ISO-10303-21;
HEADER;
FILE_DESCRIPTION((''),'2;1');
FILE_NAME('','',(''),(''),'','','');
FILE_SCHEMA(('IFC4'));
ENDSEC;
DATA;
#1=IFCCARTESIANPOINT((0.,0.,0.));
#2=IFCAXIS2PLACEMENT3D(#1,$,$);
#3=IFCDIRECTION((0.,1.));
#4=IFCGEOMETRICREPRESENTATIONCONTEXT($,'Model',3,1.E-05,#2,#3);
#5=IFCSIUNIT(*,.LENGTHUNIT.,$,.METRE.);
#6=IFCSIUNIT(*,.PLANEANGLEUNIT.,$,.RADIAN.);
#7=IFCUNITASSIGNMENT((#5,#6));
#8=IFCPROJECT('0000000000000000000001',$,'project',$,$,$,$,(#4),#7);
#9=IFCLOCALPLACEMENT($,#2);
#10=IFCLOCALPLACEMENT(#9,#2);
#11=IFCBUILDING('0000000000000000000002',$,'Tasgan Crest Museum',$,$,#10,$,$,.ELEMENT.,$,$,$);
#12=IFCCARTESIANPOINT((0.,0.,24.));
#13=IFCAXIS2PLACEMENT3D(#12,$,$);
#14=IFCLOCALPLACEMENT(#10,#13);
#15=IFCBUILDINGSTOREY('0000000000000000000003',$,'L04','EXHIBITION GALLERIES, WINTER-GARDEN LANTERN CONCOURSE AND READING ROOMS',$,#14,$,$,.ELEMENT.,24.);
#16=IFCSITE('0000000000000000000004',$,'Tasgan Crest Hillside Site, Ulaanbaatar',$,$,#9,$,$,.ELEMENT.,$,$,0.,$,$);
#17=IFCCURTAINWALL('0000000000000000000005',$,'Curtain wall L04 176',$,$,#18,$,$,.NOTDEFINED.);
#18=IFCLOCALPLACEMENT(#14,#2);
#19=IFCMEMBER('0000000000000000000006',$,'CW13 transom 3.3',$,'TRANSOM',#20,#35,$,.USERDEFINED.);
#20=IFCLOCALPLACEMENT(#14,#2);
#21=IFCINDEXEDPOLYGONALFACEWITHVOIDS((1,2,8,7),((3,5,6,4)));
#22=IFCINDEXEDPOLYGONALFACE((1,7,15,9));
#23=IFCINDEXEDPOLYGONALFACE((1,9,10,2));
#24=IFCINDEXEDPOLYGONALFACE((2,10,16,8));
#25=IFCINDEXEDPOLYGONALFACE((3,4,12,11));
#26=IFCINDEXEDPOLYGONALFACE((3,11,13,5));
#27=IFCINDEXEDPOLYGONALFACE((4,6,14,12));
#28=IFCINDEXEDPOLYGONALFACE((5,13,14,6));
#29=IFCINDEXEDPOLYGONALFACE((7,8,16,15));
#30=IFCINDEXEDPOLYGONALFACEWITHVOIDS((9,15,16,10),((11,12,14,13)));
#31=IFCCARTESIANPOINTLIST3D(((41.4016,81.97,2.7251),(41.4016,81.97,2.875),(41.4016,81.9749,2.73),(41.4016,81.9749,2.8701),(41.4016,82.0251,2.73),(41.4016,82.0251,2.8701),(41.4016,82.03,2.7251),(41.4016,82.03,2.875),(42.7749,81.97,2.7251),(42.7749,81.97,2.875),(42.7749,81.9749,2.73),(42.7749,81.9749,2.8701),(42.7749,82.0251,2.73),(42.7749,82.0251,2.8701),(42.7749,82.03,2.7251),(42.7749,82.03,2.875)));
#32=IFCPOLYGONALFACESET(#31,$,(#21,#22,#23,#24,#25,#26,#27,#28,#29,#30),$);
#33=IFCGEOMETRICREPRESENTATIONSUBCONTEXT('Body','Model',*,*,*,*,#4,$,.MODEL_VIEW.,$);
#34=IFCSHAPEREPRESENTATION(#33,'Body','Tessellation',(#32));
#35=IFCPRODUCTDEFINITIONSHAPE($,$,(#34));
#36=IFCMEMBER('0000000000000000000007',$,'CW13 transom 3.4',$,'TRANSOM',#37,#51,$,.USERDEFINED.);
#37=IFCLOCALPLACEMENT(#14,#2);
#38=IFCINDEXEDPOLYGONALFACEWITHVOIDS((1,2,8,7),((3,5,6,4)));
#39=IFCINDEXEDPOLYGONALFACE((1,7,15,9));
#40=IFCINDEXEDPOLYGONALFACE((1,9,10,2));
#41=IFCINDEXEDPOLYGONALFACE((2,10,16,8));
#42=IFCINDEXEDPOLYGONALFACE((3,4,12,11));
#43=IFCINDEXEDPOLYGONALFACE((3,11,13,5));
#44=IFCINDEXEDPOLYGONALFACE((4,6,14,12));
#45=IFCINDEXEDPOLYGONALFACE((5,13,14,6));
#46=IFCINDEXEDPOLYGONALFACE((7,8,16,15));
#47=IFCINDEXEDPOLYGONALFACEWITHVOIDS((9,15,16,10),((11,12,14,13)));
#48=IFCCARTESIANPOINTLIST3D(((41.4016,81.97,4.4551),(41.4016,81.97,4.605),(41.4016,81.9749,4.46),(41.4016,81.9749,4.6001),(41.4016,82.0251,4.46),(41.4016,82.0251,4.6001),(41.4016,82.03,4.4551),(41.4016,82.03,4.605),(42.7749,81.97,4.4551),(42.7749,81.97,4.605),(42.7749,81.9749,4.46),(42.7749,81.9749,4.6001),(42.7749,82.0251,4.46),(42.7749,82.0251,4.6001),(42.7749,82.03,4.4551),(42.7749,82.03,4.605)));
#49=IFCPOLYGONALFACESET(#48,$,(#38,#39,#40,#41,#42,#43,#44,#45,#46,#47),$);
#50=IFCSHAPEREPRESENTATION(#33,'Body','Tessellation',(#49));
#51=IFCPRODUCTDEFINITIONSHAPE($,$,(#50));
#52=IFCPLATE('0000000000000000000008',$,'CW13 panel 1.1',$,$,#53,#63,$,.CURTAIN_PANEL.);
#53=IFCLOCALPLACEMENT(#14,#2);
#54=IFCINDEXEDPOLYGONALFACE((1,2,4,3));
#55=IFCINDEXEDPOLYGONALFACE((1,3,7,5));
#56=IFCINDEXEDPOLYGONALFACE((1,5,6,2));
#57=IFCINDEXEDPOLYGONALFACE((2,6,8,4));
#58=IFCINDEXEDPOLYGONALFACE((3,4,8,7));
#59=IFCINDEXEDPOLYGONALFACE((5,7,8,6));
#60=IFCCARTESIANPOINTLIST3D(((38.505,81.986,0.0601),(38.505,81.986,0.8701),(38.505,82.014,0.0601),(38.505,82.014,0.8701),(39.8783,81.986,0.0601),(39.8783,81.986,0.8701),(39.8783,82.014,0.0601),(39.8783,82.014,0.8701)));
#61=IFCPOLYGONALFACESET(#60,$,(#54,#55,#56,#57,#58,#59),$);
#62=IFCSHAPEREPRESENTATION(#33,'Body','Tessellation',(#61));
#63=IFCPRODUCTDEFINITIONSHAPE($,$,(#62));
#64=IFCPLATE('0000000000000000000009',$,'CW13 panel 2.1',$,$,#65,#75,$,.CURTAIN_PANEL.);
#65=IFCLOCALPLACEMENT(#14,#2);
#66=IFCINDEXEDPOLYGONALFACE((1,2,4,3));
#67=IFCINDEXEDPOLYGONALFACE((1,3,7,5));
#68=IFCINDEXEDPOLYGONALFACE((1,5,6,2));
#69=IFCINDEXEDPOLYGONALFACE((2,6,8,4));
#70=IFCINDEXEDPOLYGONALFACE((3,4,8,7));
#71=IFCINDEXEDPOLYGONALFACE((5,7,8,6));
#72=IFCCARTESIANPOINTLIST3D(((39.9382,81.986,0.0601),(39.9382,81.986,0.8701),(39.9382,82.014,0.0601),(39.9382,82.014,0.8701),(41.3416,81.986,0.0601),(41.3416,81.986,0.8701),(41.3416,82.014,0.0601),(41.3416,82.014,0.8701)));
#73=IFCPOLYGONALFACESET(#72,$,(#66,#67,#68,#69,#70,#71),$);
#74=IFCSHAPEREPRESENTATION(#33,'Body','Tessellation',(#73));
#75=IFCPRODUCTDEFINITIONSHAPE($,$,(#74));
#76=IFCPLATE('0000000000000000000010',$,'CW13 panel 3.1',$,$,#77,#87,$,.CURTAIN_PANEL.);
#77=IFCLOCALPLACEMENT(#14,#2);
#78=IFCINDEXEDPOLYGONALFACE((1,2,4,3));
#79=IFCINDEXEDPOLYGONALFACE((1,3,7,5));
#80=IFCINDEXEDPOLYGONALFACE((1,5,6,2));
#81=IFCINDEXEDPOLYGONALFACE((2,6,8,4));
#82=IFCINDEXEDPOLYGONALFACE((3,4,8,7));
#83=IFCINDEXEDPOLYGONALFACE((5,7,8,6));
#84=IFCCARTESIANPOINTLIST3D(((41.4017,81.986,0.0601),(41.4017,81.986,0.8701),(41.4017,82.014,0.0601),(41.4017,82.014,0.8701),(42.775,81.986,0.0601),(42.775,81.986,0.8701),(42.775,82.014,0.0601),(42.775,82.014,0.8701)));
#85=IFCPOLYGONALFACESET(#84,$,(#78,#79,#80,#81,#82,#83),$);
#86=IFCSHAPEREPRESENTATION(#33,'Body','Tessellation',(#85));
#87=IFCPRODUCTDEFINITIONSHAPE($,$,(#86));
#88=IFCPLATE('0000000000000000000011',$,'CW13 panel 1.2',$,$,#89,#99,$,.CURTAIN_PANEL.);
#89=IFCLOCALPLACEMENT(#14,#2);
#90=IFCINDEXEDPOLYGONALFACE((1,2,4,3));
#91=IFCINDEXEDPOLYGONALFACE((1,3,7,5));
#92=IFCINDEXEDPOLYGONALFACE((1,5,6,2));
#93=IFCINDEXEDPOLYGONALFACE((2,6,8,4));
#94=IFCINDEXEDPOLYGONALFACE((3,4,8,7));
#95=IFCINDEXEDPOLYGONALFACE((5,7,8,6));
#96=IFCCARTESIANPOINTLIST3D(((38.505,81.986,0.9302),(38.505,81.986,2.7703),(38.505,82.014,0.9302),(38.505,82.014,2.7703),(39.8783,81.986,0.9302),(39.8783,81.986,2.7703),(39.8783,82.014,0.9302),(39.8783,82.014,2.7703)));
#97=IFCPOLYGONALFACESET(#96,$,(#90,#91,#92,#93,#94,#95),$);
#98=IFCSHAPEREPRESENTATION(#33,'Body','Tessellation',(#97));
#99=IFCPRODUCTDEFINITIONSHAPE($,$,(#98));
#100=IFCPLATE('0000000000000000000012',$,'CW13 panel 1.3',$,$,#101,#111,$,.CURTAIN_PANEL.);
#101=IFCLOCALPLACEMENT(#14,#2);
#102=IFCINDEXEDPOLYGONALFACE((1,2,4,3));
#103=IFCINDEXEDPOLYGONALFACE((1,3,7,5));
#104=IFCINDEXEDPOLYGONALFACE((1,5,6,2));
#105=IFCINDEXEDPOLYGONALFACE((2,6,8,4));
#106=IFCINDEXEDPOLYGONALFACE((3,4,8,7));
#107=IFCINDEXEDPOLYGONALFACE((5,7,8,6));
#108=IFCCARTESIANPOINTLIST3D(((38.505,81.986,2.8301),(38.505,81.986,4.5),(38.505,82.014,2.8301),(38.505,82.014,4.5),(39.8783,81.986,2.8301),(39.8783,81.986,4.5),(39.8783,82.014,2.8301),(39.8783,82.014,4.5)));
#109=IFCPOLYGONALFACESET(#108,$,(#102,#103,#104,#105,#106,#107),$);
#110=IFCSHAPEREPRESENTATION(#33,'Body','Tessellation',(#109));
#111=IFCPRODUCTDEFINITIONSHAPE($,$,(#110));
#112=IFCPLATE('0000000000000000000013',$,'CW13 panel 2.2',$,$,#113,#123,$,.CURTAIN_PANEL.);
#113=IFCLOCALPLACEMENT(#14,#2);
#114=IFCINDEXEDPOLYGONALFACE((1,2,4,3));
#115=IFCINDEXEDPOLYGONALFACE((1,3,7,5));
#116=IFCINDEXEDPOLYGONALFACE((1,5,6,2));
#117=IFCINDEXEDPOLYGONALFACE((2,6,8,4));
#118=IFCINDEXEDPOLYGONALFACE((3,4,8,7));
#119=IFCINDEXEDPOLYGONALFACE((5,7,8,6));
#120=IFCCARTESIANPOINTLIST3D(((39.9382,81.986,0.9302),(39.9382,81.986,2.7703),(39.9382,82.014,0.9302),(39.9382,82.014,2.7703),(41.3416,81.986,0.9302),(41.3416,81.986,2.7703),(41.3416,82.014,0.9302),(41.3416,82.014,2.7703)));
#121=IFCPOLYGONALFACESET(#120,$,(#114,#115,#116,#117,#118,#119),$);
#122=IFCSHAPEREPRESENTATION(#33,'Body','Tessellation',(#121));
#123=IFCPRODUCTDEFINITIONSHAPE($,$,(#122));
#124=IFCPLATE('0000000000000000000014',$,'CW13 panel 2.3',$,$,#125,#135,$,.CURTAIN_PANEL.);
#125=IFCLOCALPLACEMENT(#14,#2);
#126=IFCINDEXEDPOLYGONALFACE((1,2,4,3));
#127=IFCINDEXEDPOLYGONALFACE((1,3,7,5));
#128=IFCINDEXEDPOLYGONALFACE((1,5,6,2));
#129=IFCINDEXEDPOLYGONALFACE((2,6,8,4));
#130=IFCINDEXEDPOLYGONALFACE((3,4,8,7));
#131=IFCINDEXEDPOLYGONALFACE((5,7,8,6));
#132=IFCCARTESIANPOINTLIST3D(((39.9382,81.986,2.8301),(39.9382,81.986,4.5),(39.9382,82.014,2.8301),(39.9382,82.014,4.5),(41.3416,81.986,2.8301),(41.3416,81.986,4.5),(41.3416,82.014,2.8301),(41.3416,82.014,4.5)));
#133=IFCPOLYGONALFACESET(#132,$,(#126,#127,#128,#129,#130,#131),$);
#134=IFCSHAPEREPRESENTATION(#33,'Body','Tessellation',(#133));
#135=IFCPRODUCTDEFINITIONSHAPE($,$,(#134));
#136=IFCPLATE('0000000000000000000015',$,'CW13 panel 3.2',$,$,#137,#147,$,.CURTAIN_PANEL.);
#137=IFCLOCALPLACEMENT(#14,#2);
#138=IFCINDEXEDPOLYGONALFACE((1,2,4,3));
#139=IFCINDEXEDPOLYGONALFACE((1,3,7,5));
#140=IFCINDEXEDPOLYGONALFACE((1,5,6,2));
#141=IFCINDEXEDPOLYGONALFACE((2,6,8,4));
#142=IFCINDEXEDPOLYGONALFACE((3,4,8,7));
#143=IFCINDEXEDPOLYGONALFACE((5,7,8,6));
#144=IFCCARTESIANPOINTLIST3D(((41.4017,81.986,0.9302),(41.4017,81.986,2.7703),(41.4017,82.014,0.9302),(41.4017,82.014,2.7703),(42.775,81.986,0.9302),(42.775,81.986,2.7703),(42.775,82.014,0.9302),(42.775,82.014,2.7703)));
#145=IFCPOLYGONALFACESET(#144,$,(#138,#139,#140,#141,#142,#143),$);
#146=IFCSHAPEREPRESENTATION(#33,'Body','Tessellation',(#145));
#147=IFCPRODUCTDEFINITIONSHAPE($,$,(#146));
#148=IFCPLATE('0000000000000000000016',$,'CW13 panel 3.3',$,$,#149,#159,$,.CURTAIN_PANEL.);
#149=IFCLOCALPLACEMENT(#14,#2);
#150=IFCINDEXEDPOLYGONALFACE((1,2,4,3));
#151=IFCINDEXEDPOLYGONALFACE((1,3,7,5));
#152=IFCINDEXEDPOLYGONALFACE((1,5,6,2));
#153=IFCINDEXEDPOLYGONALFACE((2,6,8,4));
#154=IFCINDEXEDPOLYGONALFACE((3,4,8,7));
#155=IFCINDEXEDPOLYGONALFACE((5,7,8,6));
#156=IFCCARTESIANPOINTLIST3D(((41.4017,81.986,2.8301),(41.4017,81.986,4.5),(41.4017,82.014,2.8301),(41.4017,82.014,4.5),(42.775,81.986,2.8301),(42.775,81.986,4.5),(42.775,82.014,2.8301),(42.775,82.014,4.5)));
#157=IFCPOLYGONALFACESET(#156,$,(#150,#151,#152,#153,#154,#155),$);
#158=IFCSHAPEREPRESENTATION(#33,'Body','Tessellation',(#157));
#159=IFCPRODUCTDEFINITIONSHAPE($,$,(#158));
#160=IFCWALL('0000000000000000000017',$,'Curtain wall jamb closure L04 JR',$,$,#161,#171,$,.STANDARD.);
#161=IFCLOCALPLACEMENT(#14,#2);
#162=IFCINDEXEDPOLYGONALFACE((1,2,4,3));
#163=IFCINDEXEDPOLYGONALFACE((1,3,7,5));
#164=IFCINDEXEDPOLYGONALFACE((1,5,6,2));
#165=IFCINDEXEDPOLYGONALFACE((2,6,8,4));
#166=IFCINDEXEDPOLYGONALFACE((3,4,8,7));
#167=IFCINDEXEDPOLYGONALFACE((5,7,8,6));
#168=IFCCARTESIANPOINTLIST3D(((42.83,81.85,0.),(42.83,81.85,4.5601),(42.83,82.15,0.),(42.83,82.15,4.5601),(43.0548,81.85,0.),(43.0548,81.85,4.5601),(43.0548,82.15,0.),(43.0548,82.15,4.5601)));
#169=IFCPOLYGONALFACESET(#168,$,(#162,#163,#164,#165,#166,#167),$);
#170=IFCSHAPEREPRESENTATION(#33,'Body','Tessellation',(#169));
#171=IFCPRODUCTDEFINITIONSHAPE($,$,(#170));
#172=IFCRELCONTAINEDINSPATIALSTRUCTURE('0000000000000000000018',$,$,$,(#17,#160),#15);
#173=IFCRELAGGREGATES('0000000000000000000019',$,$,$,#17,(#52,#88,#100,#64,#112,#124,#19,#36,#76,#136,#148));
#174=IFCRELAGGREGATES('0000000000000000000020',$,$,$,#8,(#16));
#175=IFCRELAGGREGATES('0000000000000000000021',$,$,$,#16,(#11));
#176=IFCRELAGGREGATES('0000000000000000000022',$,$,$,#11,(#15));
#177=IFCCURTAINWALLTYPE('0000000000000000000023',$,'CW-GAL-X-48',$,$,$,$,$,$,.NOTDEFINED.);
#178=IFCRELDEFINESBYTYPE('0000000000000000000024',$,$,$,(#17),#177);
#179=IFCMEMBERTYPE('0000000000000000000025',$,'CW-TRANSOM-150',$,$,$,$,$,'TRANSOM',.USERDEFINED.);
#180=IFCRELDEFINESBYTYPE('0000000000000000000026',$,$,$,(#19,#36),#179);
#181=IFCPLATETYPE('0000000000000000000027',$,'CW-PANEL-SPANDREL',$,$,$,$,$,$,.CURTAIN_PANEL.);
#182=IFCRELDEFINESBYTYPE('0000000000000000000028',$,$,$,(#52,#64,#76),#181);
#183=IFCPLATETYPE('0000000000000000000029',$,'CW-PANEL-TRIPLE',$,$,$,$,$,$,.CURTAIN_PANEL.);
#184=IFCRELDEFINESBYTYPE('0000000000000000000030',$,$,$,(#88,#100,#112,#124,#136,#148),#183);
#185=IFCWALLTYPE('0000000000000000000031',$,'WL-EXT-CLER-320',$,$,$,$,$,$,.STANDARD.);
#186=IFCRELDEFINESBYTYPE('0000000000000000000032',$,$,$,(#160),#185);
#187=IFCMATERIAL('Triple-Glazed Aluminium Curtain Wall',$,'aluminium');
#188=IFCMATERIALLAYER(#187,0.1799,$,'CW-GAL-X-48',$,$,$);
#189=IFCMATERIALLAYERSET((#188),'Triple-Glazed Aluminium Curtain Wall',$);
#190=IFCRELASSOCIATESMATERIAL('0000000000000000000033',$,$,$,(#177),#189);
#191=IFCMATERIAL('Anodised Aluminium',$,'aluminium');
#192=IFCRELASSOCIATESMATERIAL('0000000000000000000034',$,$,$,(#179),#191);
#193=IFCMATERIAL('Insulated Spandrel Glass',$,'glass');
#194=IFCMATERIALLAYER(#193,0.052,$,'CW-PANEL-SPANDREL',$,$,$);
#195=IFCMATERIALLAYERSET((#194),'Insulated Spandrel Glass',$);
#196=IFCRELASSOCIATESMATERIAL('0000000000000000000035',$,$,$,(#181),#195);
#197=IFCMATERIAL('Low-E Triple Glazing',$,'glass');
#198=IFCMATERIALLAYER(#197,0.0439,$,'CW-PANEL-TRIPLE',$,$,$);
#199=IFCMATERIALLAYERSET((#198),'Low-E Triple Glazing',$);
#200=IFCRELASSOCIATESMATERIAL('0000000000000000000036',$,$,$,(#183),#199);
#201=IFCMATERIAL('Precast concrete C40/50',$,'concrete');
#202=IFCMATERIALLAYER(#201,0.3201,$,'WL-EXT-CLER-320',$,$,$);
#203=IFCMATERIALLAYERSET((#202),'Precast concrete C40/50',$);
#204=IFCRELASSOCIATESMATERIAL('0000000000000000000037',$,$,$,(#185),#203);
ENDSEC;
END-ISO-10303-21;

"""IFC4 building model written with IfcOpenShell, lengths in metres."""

from ifc_helpers import new_model, si_unit, direction, frame, frame_2d, origin, origin_2d, place, context, subcontext, project, spatial, rectangle, hollow_rectangle, extrude, material, layer, layer_set, material_profile, profile_set, type_object, element, aggregate, save


model = new_model("IFC4")

# Units and contexts
model_context = context("Model", 3, precision=1e-05, world=origin(), true_north=direction((0.0, 1.0)))
body_context = subcontext(model_context, "Body", "Model", "MODEL_VIEW")
ifc_project = project(units=[si_unit("LENGTHUNIT", "METRE"), si_unit("PLANEANGLEUNIT", "RADIAN")], contexts=[model_context])

# Site, building, storey
site_placement = place(None, origin())
site = spatial("IfcSite", under=ifc_project, at=site_placement, Name="Tasgan Crest Hillside Site, Ulaanbaatar", CompositionType="ELEMENT", RefElevation=0.0)
building_placement = place(site_placement, origin())
building = spatial("IfcBuilding", under=site, at=building_placement, Name="Tasgan Crest Museum", CompositionType="ELEMENT")
storey_placement = place(building_placement, frame((0.0, 0.0, 24.0)))
storey = spatial("IfcBuildingStorey", under=building, at=storey_placement, Name="L04", Description="EXHIBITION GALLERIES, WINTER-GARDEN LANTERN CONCOURSE AND READING ROOMS", CompositionType="ELEMENT", Elevation=24.0)

# Curtain wall, members, plates
ifc_material_1 = material(Name="Triple-Glazed Aluminium Curtain Wall", Category="aluminium")
ifc_layer_1 = layer(ifc_material_1, 0.1799, Name="CW-GAL-X-48")
ifc_layer_set_1 = layer_set([ifc_layer_1], Name="Triple-Glazed Aluminium Curtain Wall")
curtain_wall_type = type_object("IfcCurtainWallType", Name="CW-GAL-X-48", PredefinedType="NOTDEFINED", material=ifc_layer_set_1)
curtain_wall_placement = place(storey_placement, origin())
curtain_wall = element("IfcCurtainWall", 1, at=curtain_wall_placement, inside=storey, type_object=curtain_wall_type, Name="Curtain wall L04 176", PredefinedType="NOTDEFINED")
ifc_material_2 = material(Name="Anodised Aluminium", Category="aluminium")
ifc_material_profile_1 = material_profile(ifc_material_2, hollow_rectangle(XDim=0.0601, YDim=0.1499, WallThickness=0.0049, at=origin_2d()), Name="ALU TRANSOM 150x60x5")
ifc_profile_set_1 = profile_set([ifc_material_profile_1], Name="Anodised Aluminium")
member_type_1 = type_object("IfcMemberType", Name="CW-TRANSOM-150", ElementType="TRANSOM", PredefinedType="USERDEFINED", material=ifc_profile_set_1)
member_1_placement = place(storey_placement, frame((41.4016, 82.0, 2.8), z_axis=(1.0, 0.0, 0.0), x_axis=(0.0, 1.0, 0.0)))
member_1 = element("IfcMember", 2, at=member_1_placement, type_object=member_type_1, Name="CW13 transom 3.3", ObjectType="TRANSOM", PredefinedType="USERDEFINED", context=body_context, shape_type="SweptSolid", body=[
    extrude(hollow_rectangle(XDim=0.0601, YDim=0.1499, WallThickness=0.0049, at=origin_2d()), origin(), (0.0, 0.0, 1.0), 1.3733),
])
member_2_placement = place(storey_placement, frame((41.4016, 82.0, 4.53), z_axis=(1.0, 0.0, 0.0), x_axis=(0.0, 1.0, 0.0)))
member_2 = element("IfcMember", 3, at=member_2_placement, type_object=member_type_1, Name="CW13 transom 3.4", ObjectType="TRANSOM", PredefinedType="USERDEFINED", context=body_context, shape_type="SweptSolid", body=[
    extrude(hollow_rectangle(XDim=0.0601, YDim=0.1499, WallThickness=0.0049, at=origin_2d()), origin(), (0.0, 0.0, 1.0), 1.3733),
])
ifc_material_3 = material(Name="Insulated Spandrel Glass", Category="glass")
ifc_layer_2 = layer(ifc_material_3, 0.052, Name="CW-PANEL-SPANDREL")
ifc_layer_set_2 = layer_set([ifc_layer_2], Name="Insulated Spandrel Glass")
plate_type_1 = type_object("IfcPlateType", Name="CW-PANEL-SPANDREL", PredefinedType="CURTAIN_PANEL", material=ifc_layer_set_2)
plate_1_placement = place(storey_placement, frame((39.1917, 82.0, 0.0601), z_axis=(0.0, 0.0, 1.0), x_axis=(1.0, 0.0, 0.0)))
plate_1 = element("IfcPlate", 4, at=plate_1_placement, type_object=plate_type_1, Name="CW13 panel 1.1", PredefinedType="CURTAIN_PANEL", context=body_context, shape_type="SweptSolid", body=[
    extrude(rectangle(XDim=1.3733, YDim=0.0281, at=origin_2d()), origin(), (0.0, 0.0, 1.0), 0.8101),
])
plate_2_placement = place(storey_placement, frame((40.6399, 82.0, 0.0601), z_axis=(0.0, 0.0, 1.0), x_axis=(1.0, 0.0, 0.0)))
plate_2 = element("IfcPlate", 5, at=plate_2_placement, type_object=plate_type_1, Name="CW13 panel 2.1", PredefinedType="CURTAIN_PANEL", context=body_context, shape_type="SweptSolid", body=[
    extrude(rectangle(XDim=1.4033, YDim=0.0281, at=origin_2d()), origin(), (0.0, 0.0, 1.0), 0.8101),
])
plate_3_placement = place(storey_placement, frame((42.0884, 82.0, 0.0601), z_axis=(0.0, 0.0, 1.0), x_axis=(1.0, 0.0, 0.0)))
plate_3 = element("IfcPlate", 6, at=plate_3_placement, type_object=plate_type_1, Name="CW13 panel 3.1", PredefinedType="CURTAIN_PANEL", context=body_context, shape_type="SweptSolid", body=[
    extrude(rectangle(XDim=1.3733, YDim=0.0281, at=origin_2d()), origin(), (0.0, 0.0, 1.0), 0.8101),
])
ifc_material_4 = material(Name="Low-E Triple Glazing", Category="glass")
ifc_layer_3 = layer(ifc_material_4, 0.0439, Name="CW-PANEL-TRIPLE")
ifc_layer_set_3 = layer_set([ifc_layer_3], Name="Low-E Triple Glazing")
plate_type_2 = type_object("IfcPlateType", Name="CW-PANEL-TRIPLE", PredefinedType="CURTAIN_PANEL", material=ifc_layer_set_3)
plate_4_placement = place(storey_placement, frame((39.1917, 82.0, 0.9302), z_axis=(0.0, 0.0, 1.0), x_axis=(1.0, 0.0, 0.0)))
plate_4 = element("IfcPlate", 7, at=plate_4_placement, type_object=plate_type_2, Name="CW13 panel 1.2", PredefinedType="CURTAIN_PANEL", context=body_context, shape_type="SweptSolid", body=[
    extrude(rectangle(XDim=1.3733, YDim=0.0281, at=origin_2d()), origin(), (0.0, 0.0, 1.0), 1.8401),
])
plate_5_placement = place(storey_placement, frame((39.1917, 82.0, 2.8301), z_axis=(0.0, 0.0, 1.0), x_axis=(1.0, 0.0, 0.0)))
plate_5 = element("IfcPlate", 8, at=plate_5_placement, type_object=plate_type_2, Name="CW13 panel 1.3", PredefinedType="CURTAIN_PANEL", context=body_context, shape_type="SweptSolid", body=[
    extrude(rectangle(XDim=1.3733, YDim=0.0281, at=origin_2d()), origin(), (0.0, 0.0, 1.0), 1.6699),
])
plate_6_placement = place(storey_placement, frame((40.6399, 82.0, 0.9302), z_axis=(0.0, 0.0, 1.0), x_axis=(1.0, 0.0, 0.0)))
plate_6 = element("IfcPlate", 9, at=plate_6_placement, type_object=plate_type_2, Name="CW13 panel 2.2", PredefinedType="CURTAIN_PANEL", context=body_context, shape_type="SweptSolid", body=[
    extrude(rectangle(XDim=1.4033, YDim=0.0281, at=origin_2d()), origin(), (0.0, 0.0, 1.0), 1.8401),
])
plate_7_placement = place(storey_placement, frame((40.6399, 82.0, 2.8301), z_axis=(0.0, 0.0, 1.0), x_axis=(1.0, 0.0, 0.0)))
plate_7 = element("IfcPlate", 10, at=plate_7_placement, type_object=plate_type_2, Name="CW13 panel 2.3", PredefinedType="CURTAIN_PANEL", context=body_context, shape_type="SweptSolid", body=[
    extrude(rectangle(XDim=1.4033, YDim=0.0281, at=origin_2d()), origin(), (0.0, 0.0, 1.0), 1.6699),
])
plate_8_placement = place(storey_placement, frame((42.0884, 82.0, 0.9302), z_axis=(0.0, 0.0, 1.0), x_axis=(1.0, 0.0, 0.0)))
plate_8 = element("IfcPlate", 11, at=plate_8_placement, type_object=plate_type_2, Name="CW13 panel 3.2", PredefinedType="CURTAIN_PANEL", context=body_context, shape_type="SweptSolid", body=[
    extrude(rectangle(XDim=1.3733, YDim=0.0281, at=origin_2d()), origin(), (0.0, 0.0, 1.0), 1.8401),
])
plate_9_placement = place(storey_placement, frame((42.0884, 82.0, 2.8301), z_axis=(0.0, 0.0, 1.0), x_axis=(1.0, 0.0, 0.0)))
plate_9 = element("IfcPlate", 12, at=plate_9_placement, type_object=plate_type_2, Name="CW13 panel 3.3", PredefinedType="CURTAIN_PANEL", context=body_context, shape_type="SweptSolid", body=[
    extrude(rectangle(XDim=1.3733, YDim=0.0281, at=origin_2d()), origin(), (0.0, 0.0, 1.0), 1.6699),
])
aggregate(curtain_wall, [plate_1, plate_4, plate_5, plate_2, plate_6, plate_7, member_1, member_2, plate_3, plate_8, plate_9])

# Wall
ifc_material_5 = material(Name="Precast concrete C40/50", Category="concrete")
ifc_layer_4 = layer(ifc_material_5, 0.3201, Name="WL-EXT-CLER-320")
ifc_layer_set_4 = layer_set([ifc_layer_4], Name="Precast concrete C40/50")
wall_type = type_object("IfcWallType", Name="WL-EXT-CLER-320", PredefinedType="STANDARD", material=ifc_layer_set_4)
wall_placement = place(storey_placement, frame((42.8301, 82.0, 0.0), z_axis=(0.0, 0.0, 1.0), x_axis=(1.0, 0.0, 0.0)))
element("IfcWall", 13, at=wall_placement, inside=storey, type_object=wall_type, Name="Curtain wall jamb closure L04 JR", PredefinedType="STANDARD", context=body_context, shape_type="SweptSolid", body=[
    extrude(rectangle(XDim=0.2249, YDim=0.3, at=frame_2d((0.1123, 0.0))), origin(), (0.0, 0.0, 1.0), 4.5601),
])

save(model, "model.ifc")
